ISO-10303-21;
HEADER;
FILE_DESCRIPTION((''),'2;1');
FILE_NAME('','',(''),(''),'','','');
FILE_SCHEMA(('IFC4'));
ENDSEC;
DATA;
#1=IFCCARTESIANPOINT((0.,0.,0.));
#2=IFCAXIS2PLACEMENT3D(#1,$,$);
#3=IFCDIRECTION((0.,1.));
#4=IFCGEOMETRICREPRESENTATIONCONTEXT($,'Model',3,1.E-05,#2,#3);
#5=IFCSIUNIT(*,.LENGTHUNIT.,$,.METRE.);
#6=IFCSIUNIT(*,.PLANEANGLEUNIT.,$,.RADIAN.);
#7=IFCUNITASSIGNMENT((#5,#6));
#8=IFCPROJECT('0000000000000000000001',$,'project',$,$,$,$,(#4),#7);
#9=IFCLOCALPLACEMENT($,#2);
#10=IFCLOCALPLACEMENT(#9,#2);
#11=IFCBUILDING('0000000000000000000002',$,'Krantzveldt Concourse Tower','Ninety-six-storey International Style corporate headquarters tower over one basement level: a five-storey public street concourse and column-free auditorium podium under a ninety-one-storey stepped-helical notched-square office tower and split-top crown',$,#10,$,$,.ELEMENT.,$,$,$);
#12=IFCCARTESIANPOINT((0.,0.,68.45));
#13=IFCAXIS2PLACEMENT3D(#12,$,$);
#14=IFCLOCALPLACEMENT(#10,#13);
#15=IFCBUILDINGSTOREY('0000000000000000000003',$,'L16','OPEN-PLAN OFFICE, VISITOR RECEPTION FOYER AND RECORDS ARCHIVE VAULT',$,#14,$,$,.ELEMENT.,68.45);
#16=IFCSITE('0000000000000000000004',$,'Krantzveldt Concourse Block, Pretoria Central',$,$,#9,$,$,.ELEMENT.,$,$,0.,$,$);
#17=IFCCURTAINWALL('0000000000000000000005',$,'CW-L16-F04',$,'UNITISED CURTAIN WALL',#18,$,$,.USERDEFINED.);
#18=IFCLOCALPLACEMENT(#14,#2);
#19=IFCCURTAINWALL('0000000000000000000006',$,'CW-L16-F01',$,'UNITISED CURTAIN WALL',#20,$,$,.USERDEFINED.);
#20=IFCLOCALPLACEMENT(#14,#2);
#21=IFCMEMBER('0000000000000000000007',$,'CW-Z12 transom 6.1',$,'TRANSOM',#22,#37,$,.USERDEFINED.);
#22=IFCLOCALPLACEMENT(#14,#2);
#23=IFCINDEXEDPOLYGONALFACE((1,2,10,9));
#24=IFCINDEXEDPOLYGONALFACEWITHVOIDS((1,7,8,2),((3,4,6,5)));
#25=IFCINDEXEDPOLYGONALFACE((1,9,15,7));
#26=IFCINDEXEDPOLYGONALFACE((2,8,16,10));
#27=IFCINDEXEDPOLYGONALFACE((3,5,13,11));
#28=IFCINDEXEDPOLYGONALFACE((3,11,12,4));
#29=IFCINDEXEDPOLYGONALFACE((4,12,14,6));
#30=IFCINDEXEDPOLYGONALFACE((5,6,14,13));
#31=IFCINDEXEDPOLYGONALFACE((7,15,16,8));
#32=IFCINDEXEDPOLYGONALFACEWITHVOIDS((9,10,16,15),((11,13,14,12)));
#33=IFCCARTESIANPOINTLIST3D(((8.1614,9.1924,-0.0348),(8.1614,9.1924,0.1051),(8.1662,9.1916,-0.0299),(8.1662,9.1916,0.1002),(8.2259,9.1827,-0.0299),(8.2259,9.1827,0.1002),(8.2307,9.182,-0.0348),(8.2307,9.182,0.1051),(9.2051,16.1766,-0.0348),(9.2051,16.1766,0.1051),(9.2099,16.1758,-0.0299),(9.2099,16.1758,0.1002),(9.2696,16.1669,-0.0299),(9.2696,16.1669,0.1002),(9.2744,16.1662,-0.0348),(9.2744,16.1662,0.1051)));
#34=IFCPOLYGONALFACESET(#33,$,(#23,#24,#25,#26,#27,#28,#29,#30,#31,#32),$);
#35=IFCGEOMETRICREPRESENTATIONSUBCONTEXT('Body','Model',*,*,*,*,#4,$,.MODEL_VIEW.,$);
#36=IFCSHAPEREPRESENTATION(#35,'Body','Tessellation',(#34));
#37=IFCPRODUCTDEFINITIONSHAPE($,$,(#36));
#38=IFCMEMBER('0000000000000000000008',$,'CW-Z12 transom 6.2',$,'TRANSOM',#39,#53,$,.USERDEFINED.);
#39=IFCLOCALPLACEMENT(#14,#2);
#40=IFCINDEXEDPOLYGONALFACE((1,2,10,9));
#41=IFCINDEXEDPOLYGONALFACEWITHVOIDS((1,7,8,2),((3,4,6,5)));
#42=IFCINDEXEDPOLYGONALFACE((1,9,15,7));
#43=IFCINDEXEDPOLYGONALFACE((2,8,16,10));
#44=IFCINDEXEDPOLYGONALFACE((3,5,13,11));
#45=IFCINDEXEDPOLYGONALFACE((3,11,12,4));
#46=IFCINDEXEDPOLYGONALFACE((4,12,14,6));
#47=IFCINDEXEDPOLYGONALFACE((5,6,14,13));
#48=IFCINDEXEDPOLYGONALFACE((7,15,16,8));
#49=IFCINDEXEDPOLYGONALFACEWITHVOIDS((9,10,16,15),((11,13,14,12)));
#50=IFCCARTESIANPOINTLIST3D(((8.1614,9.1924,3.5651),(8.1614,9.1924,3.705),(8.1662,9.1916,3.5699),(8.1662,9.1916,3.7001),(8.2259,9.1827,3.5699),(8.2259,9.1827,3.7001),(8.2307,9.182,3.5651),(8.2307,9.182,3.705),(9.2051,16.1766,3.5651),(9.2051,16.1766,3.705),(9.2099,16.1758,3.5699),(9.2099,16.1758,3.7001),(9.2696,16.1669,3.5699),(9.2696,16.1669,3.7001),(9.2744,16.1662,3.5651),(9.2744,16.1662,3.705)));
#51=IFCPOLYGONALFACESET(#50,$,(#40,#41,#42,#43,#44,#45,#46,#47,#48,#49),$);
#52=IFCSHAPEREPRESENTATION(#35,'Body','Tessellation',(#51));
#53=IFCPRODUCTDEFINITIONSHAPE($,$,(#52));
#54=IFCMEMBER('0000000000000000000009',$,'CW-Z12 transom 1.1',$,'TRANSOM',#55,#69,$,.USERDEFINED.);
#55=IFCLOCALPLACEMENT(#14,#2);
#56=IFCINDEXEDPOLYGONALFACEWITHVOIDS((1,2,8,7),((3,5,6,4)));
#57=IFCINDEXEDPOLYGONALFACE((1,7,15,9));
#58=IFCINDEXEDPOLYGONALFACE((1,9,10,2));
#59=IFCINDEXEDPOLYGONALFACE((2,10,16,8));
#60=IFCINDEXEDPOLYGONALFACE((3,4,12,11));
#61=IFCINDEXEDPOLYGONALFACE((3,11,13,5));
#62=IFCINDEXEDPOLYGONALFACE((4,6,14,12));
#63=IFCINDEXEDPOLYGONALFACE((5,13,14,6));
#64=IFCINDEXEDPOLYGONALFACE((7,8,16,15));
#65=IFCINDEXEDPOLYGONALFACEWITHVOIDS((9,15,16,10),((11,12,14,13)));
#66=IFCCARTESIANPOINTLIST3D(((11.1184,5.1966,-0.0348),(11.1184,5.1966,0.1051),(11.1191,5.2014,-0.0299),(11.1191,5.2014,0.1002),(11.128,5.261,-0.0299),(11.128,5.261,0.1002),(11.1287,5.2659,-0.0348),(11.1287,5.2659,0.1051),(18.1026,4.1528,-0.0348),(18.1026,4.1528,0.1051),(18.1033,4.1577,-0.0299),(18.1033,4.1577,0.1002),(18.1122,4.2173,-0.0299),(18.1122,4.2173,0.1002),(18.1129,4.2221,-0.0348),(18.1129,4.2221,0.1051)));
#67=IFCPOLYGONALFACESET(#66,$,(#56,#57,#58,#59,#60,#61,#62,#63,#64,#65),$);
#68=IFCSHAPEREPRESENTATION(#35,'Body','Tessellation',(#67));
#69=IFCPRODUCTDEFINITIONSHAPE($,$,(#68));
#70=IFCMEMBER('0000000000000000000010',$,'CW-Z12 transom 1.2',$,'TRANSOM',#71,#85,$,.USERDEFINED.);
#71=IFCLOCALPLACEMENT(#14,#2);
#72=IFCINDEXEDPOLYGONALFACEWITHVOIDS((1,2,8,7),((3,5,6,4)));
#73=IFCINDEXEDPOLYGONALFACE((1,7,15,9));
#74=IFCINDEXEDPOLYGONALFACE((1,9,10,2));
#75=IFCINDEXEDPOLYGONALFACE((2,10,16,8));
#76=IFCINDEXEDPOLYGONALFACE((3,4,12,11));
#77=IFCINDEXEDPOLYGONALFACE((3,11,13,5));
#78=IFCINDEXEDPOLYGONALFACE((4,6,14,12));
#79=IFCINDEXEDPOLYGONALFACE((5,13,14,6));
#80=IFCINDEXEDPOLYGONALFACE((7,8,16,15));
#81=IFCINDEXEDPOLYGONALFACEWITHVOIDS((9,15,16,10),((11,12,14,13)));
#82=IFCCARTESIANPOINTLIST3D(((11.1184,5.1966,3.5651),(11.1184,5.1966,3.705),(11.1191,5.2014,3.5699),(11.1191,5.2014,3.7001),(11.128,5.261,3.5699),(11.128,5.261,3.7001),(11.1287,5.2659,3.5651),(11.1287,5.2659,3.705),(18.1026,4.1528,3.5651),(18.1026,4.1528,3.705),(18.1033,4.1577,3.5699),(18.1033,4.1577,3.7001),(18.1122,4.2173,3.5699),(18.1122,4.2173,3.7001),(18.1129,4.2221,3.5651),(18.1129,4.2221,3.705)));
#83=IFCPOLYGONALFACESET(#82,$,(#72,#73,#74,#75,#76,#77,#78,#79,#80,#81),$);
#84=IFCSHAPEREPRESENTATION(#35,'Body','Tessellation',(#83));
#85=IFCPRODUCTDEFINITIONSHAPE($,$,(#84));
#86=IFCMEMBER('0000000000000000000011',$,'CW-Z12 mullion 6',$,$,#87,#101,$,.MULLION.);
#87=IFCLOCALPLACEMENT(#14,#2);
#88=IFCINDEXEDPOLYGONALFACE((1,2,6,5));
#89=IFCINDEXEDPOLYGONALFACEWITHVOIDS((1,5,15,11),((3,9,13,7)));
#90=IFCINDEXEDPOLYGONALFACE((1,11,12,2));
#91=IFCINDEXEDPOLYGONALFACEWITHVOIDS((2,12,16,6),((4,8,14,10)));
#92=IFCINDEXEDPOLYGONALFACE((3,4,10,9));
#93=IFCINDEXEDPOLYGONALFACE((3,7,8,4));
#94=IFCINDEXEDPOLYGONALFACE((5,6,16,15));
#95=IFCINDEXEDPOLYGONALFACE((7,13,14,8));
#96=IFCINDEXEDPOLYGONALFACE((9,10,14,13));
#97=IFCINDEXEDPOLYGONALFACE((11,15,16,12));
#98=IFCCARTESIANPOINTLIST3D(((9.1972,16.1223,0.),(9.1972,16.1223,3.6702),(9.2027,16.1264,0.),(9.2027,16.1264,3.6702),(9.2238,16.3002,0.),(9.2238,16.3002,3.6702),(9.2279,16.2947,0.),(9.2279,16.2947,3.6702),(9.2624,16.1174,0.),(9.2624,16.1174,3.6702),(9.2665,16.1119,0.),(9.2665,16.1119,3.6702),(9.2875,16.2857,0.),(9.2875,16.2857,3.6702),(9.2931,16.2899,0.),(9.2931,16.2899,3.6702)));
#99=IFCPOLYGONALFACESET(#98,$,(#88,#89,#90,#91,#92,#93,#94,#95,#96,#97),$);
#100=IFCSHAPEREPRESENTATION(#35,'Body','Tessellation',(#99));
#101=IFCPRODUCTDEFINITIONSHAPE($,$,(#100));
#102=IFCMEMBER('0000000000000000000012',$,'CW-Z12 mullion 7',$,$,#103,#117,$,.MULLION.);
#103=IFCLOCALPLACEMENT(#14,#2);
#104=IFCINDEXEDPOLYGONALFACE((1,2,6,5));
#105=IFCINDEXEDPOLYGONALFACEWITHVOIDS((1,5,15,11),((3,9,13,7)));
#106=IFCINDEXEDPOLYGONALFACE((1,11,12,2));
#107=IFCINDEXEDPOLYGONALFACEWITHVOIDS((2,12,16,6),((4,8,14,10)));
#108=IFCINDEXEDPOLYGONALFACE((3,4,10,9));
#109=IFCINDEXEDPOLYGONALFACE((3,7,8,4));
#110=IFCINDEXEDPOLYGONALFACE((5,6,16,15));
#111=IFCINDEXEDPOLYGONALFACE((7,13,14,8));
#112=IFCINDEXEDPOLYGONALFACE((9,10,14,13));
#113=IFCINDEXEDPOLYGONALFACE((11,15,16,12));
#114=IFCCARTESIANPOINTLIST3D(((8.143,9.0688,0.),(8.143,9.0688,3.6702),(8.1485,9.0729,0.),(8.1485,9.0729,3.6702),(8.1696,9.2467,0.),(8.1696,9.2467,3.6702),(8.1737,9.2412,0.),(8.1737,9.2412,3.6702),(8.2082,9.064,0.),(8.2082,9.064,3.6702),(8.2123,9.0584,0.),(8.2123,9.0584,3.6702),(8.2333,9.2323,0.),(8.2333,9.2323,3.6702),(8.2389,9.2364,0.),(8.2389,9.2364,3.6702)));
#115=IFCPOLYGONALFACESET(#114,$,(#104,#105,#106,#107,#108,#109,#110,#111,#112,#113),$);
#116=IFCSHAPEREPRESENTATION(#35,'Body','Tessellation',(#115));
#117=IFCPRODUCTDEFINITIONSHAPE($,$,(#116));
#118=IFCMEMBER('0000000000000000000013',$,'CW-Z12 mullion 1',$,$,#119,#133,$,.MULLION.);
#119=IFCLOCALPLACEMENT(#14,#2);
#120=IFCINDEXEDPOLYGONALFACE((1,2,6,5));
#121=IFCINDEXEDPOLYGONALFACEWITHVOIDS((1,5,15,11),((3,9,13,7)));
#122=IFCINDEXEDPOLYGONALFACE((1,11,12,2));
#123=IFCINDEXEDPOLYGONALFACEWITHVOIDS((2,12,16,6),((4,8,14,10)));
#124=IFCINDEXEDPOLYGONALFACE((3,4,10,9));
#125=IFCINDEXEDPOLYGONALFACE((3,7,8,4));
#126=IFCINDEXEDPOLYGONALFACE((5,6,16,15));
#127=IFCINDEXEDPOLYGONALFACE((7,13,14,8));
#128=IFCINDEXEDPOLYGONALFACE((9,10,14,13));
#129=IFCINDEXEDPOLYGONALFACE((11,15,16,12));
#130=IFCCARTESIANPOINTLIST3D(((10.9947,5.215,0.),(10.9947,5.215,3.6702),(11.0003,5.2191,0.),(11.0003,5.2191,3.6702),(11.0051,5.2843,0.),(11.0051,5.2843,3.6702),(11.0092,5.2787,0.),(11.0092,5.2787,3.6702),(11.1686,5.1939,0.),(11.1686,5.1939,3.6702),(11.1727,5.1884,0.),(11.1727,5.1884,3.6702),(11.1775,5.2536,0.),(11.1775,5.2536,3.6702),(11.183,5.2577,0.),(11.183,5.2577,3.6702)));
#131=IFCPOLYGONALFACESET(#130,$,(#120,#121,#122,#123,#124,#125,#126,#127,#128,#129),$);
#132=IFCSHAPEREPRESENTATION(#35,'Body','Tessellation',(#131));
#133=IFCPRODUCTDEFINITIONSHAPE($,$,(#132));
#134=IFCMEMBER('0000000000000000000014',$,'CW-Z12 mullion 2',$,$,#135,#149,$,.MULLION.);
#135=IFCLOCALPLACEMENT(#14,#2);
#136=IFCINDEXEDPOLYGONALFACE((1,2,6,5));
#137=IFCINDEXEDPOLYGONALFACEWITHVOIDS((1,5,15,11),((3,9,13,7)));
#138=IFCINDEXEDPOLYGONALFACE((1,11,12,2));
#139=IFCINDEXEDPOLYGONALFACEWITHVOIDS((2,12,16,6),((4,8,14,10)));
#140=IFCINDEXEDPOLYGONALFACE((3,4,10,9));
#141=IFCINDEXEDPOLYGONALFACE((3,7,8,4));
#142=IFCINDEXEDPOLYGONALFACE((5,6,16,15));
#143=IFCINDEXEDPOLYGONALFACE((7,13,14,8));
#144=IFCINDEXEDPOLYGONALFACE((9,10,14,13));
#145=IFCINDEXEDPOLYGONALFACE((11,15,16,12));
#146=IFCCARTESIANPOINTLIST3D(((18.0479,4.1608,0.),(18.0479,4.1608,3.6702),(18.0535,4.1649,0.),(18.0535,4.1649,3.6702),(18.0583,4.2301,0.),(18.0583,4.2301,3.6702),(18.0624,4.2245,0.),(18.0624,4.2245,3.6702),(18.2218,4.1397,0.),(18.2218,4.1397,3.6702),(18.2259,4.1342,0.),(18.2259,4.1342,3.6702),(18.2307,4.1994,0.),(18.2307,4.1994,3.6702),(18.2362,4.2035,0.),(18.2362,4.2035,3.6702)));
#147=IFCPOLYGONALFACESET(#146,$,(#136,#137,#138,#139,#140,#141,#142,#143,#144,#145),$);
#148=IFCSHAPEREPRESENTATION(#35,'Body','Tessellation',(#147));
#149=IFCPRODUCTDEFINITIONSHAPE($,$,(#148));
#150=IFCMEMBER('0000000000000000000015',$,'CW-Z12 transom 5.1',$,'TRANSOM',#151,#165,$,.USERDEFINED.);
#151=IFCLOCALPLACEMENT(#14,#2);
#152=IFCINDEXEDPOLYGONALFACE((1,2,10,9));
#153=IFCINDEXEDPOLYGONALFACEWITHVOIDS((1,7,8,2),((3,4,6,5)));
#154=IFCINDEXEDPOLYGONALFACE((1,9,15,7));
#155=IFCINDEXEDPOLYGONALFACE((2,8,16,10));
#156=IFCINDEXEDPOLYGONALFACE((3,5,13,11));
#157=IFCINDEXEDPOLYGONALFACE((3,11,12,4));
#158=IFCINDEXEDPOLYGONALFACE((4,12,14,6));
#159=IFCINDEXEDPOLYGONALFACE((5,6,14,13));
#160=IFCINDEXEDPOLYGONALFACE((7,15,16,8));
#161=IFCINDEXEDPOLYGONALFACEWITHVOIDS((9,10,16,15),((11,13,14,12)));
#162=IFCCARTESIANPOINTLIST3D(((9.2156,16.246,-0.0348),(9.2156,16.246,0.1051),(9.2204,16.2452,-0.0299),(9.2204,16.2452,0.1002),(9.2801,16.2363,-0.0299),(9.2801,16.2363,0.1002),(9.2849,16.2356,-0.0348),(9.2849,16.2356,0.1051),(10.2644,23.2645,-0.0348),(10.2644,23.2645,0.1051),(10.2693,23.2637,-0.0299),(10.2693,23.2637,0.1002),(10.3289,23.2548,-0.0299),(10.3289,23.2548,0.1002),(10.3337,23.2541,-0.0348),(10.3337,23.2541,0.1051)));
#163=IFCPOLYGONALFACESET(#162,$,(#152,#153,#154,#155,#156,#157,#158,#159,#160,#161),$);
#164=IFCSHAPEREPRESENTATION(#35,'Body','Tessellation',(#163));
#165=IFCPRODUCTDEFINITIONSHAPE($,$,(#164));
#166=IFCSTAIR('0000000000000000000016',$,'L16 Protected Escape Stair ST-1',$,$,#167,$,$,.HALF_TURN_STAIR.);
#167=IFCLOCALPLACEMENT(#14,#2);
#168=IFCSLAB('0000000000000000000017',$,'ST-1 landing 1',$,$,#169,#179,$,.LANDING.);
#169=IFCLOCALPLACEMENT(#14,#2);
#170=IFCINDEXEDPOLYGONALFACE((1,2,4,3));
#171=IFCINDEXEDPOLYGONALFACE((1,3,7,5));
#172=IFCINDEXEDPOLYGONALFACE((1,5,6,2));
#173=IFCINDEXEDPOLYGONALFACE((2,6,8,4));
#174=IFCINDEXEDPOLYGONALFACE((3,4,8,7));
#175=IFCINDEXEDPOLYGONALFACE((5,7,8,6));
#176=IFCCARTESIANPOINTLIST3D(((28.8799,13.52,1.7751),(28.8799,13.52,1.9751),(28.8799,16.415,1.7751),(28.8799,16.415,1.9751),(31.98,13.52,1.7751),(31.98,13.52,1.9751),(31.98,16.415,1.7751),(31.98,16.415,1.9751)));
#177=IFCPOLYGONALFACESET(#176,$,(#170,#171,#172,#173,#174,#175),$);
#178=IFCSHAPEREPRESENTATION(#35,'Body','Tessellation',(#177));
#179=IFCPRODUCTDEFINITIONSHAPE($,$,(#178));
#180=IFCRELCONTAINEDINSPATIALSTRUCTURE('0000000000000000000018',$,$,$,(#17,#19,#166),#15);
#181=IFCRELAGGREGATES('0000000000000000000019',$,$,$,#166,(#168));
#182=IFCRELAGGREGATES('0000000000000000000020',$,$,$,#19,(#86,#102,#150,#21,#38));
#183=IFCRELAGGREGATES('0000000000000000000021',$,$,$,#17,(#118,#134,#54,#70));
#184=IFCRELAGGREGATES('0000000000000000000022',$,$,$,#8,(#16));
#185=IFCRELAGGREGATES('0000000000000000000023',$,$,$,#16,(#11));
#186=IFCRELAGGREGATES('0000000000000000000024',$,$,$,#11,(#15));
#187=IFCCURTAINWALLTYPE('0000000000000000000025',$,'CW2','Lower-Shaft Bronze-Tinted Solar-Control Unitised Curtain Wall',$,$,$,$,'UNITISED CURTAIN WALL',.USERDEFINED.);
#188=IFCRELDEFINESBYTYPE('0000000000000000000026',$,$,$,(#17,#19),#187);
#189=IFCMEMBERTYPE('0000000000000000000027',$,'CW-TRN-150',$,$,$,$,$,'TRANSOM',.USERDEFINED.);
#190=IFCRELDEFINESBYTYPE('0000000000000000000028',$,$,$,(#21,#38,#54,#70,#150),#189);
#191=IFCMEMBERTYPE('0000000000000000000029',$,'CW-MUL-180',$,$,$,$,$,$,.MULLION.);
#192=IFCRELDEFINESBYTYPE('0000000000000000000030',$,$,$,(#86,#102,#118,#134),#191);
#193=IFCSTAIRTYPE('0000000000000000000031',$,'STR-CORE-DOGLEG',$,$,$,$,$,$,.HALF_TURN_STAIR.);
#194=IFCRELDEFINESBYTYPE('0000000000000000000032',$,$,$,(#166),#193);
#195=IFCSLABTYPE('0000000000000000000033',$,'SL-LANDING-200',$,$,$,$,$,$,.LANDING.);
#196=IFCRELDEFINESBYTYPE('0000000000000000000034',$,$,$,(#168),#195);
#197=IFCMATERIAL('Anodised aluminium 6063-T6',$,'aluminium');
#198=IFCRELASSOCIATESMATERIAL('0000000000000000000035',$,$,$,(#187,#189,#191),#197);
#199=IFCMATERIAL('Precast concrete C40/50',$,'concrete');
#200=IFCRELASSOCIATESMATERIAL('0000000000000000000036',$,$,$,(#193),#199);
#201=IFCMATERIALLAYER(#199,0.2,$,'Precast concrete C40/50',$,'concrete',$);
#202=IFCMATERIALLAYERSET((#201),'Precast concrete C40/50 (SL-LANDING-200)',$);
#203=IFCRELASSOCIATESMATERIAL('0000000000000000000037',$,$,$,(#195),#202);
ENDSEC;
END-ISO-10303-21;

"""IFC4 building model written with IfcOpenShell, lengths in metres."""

from ifc_helpers import new_model, si_unit, direction, frame, origin, origin_2d, place, context, subcontext, project, spatial, polyline, hollow_rectangle, outline, extrude, source, transform, mapped, material, layer, layer_set, material_profile, profile_set, type_object, type_shapes, element, aggregate, save


model = new_model("IFC4")

# Units and contexts
model_context = context("Model", 3, precision=1e-05, world=origin(), true_north=direction((0.0, 1.0)))
body_context = subcontext(model_context, "Body", "Model", "MODEL_VIEW")
ifc_project = project(units=[si_unit("LENGTHUNIT", "METRE"), si_unit("PLANEANGLEUNIT", "RADIAN")], contexts=[model_context])

# Site, building, storey
site_placement = place(None, origin())
site = spatial("IfcSite", under=ifc_project, at=site_placement, Name="Krantzveldt Concourse Block, Pretoria Central", CompositionType="ELEMENT", RefElevation=0.0)
building_placement = place(site_placement, origin())
building = spatial("IfcBuilding", under=site, at=building_placement, Name="Krantzveldt Concourse Tower", Description="Ninety-six-storey International Style corporate headquarters tower over one basement level: a five-storey public street concourse and column-free auditorium podium under a ninety-one-storey stepped-helical notched-square office tower and split-top crown", CompositionType="ELEMENT")
storey_placement = place(building_placement, frame((0.0, 0.0, 68.45)))
storey = spatial("IfcBuildingStorey", under=building, at=storey_placement, Name="L16", Description="OPEN-PLAN OFFICE, VISITOR RECEPTION FOYER AND RECORDS ARCHIVE VAULT", CompositionType="ELEMENT", Elevation=68.45)

# Curtain walls, members
ifc_material_1 = material(Name="Anodised aluminium 6063-T6", Category="aluminium")
curtain_wall_type = type_object("IfcCurtainWallType", Name="CW2", Description="Lower-Shaft Bronze-Tinted Solar-Control Unitised Curtain Wall", ElementType="UNITISED CURTAIN WALL", PredefinedType="USERDEFINED", material=ifc_material_1)
curtain_wall_1_placement = place(storey_placement, origin())
curtain_wall_1 = element("IfcCurtainWall", 1, at=curtain_wall_1_placement, inside=storey, type_object=curtain_wall_type, Name="CW-L16-F04", ObjectType="UNITISED CURTAIN WALL", PredefinedType="USERDEFINED")
ifc_material_profile_1 = material_profile(ifc_material_1, hollow_rectangle(XDim=0.0701, YDim=0.1399, WallThickness=0.0049, at=origin_2d()), Name="Anodised aluminium 6063-T6", Category="aluminium")
ifc_profile_set_1 = profile_set([ifc_material_profile_1], Name="Anodised aluminium 6063-T6 - ALU-TRAN 140x70x5")
member_type_1 = type_object("IfcMemberType", Name="CW-TRN-150", ElementType="TRANSOM", PredefinedType="USERDEFINED", material=ifc_profile_set_1)
curtain_wall_2_placement = place(storey_placement, origin())
curtain_wall_2 = element("IfcCurtainWall", 2, at=curtain_wall_2_placement, inside=storey, type_object=curtain_wall_type, Name="CW-L16-F01", ObjectType="UNITISED CURTAIN WALL", PredefinedType="USERDEFINED")
shared_shape_1 = source(origin(), body_context, "Body", "SweptSolid", [
    extrude(hollow_rectangle(XDim=0.0701, YDim=0.1399, WallThickness=0.0049, at=origin_2d()), origin(), (0.0, 0.0, 1.0), 7.0618),
])
member_1_placement = place(storey_placement, frame((9.2397, 16.1714, 0.0352), z_axis=(-0.147798, -0.989018, 0.0), x_axis=(0.989018, -0.147798, 0.0)))
member_1 = element("IfcMember", 3, at=member_1_placement, type_object=member_type_1, Name="CW-Z12 transom 6.1", ObjectType="TRANSOM", PredefinedType="USERDEFINED", context=body_context, shape_type="MappedRepresentation", body=[
    mapped(shared_shape_1, transform((0.0, 0.0, 0.0), x_axis=(1.0, 0.0, 0.0), y_axis=(0.0, 1.0, 0.0), z_axis=(0.0, 0.0, 1.0), scale=1.0)),
])
member_2_placement = place(storey_placement, frame((9.2397, 16.1714, 3.635), z_axis=(-0.147798, -0.989018, 0.0), x_axis=(0.989018, -0.147798, 0.0)))
member_2 = element("IfcMember", 4, at=member_2_placement, type_object=member_type_1, Name="CW-Z12 transom 6.2", ObjectType="TRANSOM", PredefinedType="USERDEFINED", context=body_context, shape_type="MappedRepresentation", body=[
    mapped(shared_shape_1, transform((0.0, 0.0, 0.0), x_axis=(1.0, 0.0, 0.0), y_axis=(0.0, 1.0, 0.0), z_axis=(0.0, 0.0, 1.0), scale=1.0)),
])

# Members
member_3_placement = place(storey_placement, frame((11.1235, 5.2312, 0.0352), z_axis=(0.989018, -0.147798, 0.0), x_axis=(0.147798, 0.989018, 0.0)))
member_3 = element("IfcMember", 5, at=member_3_placement, type_object=member_type_1, Name="CW-Z12 transom 1.1", ObjectType="TRANSOM", PredefinedType="USERDEFINED", context=body_context, shape_type="MappedRepresentation", body=[
    mapped(shared_shape_1, transform((0.0, 0.0, 0.0), x_axis=(1.0, 0.0, 0.0), y_axis=(0.0, 1.0, 0.0), z_axis=(0.0, 0.0, 1.0), scale=1.0)),
])
member_4_placement = place(storey_placement, frame((11.1235, 5.2312, 3.635), z_axis=(0.989018, -0.147798, 0.0), x_axis=(0.147798, 0.989018, 0.0)))
member_4 = element("IfcMember", 6, at=member_4_placement, type_object=member_type_1, Name="CW-Z12 transom 1.2", ObjectType="TRANSOM", PredefinedType="USERDEFINED", context=body_context, shape_type="MappedRepresentation", body=[
    mapped(shared_shape_1, transform((0.0, 0.0, 0.0), x_axis=(1.0, 0.0, 0.0), y_axis=(0.0, 1.0, 0.0), z_axis=(0.0, 0.0, 1.0), scale=1.0)),
])
ifc_material_profile_2 = material_profile(ifc_material_1, hollow_rectangle(XDim=0.0701, YDim=0.1799, WallThickness=0.0049, at=origin_2d()), Name="Anodised aluminium 6063-T6", Category="aluminium")
ifc_profile_set_2 = profile_set([ifc_material_profile_2], Name="Anodised aluminium 6063-T6 - ALU-MULL 180x70x5")
member_type_2 = type_object("IfcMemberType", Name="CW-MUL-180", PredefinedType="MULLION", material=ifc_profile_set_2)
shared_shape_2 = source(origin(), body_context, "Body", "SweptSolid", [
    extrude(hollow_rectangle(XDim=0.0701, YDim=0.1799, WallThickness=0.0049, at=origin_2d()), origin(), (0.0, 0.0, 1.0), 3.6702),
])
type_shapes(member_type_2, [shared_shape_2])
member_5_placement = place(storey_placement, frame((9.2451, 16.2061, 0.0), z_axis=(0.0, 0.0, 1.0), x_axis=(0.989016, -0.14781, 0.0)))
member_5 = element("IfcMember", 7, at=member_5_placement, type_object=member_type_2, Name="CW-Z12 mullion 6", PredefinedType="MULLION", context=body_context, shape_type="MappedRepresentation", body=[
    mapped(shared_shape_2, transform((0.0, 0.0, 0.0), x_axis=(1.0, 0.0, 0.0), y_axis=(0.0, 1.0, 0.0), z_axis=(0.0, 0.0, 1.0), scale=1.0)),
])
member_6_placement = place(storey_placement, frame((8.1909, 9.1526, 0.0), z_axis=(0.0, 0.0, 1.0), x_axis=(0.989016, -0.14781, 0.0)))
member_6 = element("IfcMember", 8, at=member_6_placement, type_object=member_type_2, Name="CW-Z12 mullion 7", PredefinedType="MULLION", context=body_context, shape_type="MappedRepresentation", body=[
    mapped(shared_shape_2, transform((0.0, 0.0, 0.0), x_axis=(1.0, 0.0, 0.0), y_axis=(0.0, 1.0, 0.0), z_axis=(0.0, 0.0, 1.0), scale=1.0)),
])
member_7_placement = place(storey_placement, frame((11.0889, 5.2363, 0.0), z_axis=(0.0, 0.0, 1.0), x_axis=(0.14781, 0.989016, 0.0)))
member_7 = element("IfcMember", 9, at=member_7_placement, type_object=member_type_2, Name="CW-Z12 mullion 1", PredefinedType="MULLION", context=body_context, shape_type="MappedRepresentation", body=[
    mapped(shared_shape_2, transform((0.0, 0.0, 0.0), x_axis=(1.0, 0.0, 0.0), y_axis=(0.0, 1.0, 0.0), z_axis=(0.0, 0.0, 1.0), scale=1.0)),
])
member_8_placement = place(storey_placement, frame((18.1421, 4.1821, 0.0), z_axis=(0.0, 0.0, 1.0), x_axis=(0.14781, 0.989016, 0.0)))
member_8 = element("IfcMember", 10, at=member_8_placement, type_object=member_type_2, Name="CW-Z12 mullion 2", PredefinedType="MULLION", context=body_context, shape_type="MappedRepresentation", body=[
    mapped(shared_shape_2, transform((0.0, 0.0, 0.0), x_axis=(1.0, 0.0, 0.0), y_axis=(0.0, 1.0, 0.0), z_axis=(0.0, 0.0, 1.0), scale=1.0)),
])
shared_shape_3 = source(origin(), body_context, "Body", "SweptSolid", [
    extrude(hollow_rectangle(XDim=0.0701, YDim=0.1399, WallThickness=0.0049, at=origin_2d()), origin(), (0.0, 0.0, 1.0), 7.0964),
])
member_9_placement = place(storey_placement, frame((10.2991, 23.2593, 0.0352), z_axis=(-0.147795, -0.989018, 0.0), x_axis=(0.989018, -0.147795, 0.0)))
member_9 = element("IfcMember", 11, at=member_9_placement, type_object=member_type_1, Name="CW-Z12 transom 5.1", ObjectType="TRANSOM", PredefinedType="USERDEFINED", context=body_context, shape_type="MappedRepresentation", body=[
    mapped(shared_shape_3, transform((0.0, 0.0, 0.0), x_axis=(1.0, 0.0, 0.0), y_axis=(0.0, 1.0, 0.0), z_axis=(0.0, 0.0, 1.0), scale=1.0)),
])

# Stair, slab
ifc_material_2 = material(Name="Precast concrete C40/50", Category="concrete")
stair_type = type_object("IfcStairType", Name="STR-CORE-DOGLEG", PredefinedType="HALF_TURN_STAIR", material=ifc_material_2)
stair_1_placement = place(storey_placement, origin())
stair_1 = element("IfcStair", 12, at=stair_1_placement, inside=storey, type_object=stair_type, Name="L16 Protected Escape Stair ST-1", PredefinedType="HALF_TURN_STAIR")
ifc_layer_1 = layer(ifc_material_2, 0.2, Name="Precast concrete C40/50", Category="concrete")
ifc_layer_set_1 = layer_set([ifc_layer_1], Name="Precast concrete C40/50 (SL-LANDING-200)")
slab_type_1 = type_object("IfcSlabType", Name="SL-LANDING-200", PredefinedType="LANDING", material=ifc_layer_set_1)
slab_1_placement = place(storey_placement, frame((0.0, 0.0, 1.7751)))
slab_1 = element("IfcSlab", 13, at=slab_1_placement, type_object=slab_type_1, Name="ST-1 landing 1", PredefinedType="LANDING", context=body_context, shape_type="SweptSolid", body=[
    extrude(outline(polyline([(28.8799, 16.415), (28.8799, 13.52), (31.98, 13.52), (31.98, 16.415), (28.8799, 16.415)])), origin(), (0.0, 0.0, 1.0), 0.2),
])
aggregate(stair_1, [slab_1])

aggregate(curtain_wall_2, [member_5, member_6, member_9, member_1, member_2])
aggregate(curtain_wall_1, [member_7, member_8, member_3, member_4])

save(model, "model.ifc")
